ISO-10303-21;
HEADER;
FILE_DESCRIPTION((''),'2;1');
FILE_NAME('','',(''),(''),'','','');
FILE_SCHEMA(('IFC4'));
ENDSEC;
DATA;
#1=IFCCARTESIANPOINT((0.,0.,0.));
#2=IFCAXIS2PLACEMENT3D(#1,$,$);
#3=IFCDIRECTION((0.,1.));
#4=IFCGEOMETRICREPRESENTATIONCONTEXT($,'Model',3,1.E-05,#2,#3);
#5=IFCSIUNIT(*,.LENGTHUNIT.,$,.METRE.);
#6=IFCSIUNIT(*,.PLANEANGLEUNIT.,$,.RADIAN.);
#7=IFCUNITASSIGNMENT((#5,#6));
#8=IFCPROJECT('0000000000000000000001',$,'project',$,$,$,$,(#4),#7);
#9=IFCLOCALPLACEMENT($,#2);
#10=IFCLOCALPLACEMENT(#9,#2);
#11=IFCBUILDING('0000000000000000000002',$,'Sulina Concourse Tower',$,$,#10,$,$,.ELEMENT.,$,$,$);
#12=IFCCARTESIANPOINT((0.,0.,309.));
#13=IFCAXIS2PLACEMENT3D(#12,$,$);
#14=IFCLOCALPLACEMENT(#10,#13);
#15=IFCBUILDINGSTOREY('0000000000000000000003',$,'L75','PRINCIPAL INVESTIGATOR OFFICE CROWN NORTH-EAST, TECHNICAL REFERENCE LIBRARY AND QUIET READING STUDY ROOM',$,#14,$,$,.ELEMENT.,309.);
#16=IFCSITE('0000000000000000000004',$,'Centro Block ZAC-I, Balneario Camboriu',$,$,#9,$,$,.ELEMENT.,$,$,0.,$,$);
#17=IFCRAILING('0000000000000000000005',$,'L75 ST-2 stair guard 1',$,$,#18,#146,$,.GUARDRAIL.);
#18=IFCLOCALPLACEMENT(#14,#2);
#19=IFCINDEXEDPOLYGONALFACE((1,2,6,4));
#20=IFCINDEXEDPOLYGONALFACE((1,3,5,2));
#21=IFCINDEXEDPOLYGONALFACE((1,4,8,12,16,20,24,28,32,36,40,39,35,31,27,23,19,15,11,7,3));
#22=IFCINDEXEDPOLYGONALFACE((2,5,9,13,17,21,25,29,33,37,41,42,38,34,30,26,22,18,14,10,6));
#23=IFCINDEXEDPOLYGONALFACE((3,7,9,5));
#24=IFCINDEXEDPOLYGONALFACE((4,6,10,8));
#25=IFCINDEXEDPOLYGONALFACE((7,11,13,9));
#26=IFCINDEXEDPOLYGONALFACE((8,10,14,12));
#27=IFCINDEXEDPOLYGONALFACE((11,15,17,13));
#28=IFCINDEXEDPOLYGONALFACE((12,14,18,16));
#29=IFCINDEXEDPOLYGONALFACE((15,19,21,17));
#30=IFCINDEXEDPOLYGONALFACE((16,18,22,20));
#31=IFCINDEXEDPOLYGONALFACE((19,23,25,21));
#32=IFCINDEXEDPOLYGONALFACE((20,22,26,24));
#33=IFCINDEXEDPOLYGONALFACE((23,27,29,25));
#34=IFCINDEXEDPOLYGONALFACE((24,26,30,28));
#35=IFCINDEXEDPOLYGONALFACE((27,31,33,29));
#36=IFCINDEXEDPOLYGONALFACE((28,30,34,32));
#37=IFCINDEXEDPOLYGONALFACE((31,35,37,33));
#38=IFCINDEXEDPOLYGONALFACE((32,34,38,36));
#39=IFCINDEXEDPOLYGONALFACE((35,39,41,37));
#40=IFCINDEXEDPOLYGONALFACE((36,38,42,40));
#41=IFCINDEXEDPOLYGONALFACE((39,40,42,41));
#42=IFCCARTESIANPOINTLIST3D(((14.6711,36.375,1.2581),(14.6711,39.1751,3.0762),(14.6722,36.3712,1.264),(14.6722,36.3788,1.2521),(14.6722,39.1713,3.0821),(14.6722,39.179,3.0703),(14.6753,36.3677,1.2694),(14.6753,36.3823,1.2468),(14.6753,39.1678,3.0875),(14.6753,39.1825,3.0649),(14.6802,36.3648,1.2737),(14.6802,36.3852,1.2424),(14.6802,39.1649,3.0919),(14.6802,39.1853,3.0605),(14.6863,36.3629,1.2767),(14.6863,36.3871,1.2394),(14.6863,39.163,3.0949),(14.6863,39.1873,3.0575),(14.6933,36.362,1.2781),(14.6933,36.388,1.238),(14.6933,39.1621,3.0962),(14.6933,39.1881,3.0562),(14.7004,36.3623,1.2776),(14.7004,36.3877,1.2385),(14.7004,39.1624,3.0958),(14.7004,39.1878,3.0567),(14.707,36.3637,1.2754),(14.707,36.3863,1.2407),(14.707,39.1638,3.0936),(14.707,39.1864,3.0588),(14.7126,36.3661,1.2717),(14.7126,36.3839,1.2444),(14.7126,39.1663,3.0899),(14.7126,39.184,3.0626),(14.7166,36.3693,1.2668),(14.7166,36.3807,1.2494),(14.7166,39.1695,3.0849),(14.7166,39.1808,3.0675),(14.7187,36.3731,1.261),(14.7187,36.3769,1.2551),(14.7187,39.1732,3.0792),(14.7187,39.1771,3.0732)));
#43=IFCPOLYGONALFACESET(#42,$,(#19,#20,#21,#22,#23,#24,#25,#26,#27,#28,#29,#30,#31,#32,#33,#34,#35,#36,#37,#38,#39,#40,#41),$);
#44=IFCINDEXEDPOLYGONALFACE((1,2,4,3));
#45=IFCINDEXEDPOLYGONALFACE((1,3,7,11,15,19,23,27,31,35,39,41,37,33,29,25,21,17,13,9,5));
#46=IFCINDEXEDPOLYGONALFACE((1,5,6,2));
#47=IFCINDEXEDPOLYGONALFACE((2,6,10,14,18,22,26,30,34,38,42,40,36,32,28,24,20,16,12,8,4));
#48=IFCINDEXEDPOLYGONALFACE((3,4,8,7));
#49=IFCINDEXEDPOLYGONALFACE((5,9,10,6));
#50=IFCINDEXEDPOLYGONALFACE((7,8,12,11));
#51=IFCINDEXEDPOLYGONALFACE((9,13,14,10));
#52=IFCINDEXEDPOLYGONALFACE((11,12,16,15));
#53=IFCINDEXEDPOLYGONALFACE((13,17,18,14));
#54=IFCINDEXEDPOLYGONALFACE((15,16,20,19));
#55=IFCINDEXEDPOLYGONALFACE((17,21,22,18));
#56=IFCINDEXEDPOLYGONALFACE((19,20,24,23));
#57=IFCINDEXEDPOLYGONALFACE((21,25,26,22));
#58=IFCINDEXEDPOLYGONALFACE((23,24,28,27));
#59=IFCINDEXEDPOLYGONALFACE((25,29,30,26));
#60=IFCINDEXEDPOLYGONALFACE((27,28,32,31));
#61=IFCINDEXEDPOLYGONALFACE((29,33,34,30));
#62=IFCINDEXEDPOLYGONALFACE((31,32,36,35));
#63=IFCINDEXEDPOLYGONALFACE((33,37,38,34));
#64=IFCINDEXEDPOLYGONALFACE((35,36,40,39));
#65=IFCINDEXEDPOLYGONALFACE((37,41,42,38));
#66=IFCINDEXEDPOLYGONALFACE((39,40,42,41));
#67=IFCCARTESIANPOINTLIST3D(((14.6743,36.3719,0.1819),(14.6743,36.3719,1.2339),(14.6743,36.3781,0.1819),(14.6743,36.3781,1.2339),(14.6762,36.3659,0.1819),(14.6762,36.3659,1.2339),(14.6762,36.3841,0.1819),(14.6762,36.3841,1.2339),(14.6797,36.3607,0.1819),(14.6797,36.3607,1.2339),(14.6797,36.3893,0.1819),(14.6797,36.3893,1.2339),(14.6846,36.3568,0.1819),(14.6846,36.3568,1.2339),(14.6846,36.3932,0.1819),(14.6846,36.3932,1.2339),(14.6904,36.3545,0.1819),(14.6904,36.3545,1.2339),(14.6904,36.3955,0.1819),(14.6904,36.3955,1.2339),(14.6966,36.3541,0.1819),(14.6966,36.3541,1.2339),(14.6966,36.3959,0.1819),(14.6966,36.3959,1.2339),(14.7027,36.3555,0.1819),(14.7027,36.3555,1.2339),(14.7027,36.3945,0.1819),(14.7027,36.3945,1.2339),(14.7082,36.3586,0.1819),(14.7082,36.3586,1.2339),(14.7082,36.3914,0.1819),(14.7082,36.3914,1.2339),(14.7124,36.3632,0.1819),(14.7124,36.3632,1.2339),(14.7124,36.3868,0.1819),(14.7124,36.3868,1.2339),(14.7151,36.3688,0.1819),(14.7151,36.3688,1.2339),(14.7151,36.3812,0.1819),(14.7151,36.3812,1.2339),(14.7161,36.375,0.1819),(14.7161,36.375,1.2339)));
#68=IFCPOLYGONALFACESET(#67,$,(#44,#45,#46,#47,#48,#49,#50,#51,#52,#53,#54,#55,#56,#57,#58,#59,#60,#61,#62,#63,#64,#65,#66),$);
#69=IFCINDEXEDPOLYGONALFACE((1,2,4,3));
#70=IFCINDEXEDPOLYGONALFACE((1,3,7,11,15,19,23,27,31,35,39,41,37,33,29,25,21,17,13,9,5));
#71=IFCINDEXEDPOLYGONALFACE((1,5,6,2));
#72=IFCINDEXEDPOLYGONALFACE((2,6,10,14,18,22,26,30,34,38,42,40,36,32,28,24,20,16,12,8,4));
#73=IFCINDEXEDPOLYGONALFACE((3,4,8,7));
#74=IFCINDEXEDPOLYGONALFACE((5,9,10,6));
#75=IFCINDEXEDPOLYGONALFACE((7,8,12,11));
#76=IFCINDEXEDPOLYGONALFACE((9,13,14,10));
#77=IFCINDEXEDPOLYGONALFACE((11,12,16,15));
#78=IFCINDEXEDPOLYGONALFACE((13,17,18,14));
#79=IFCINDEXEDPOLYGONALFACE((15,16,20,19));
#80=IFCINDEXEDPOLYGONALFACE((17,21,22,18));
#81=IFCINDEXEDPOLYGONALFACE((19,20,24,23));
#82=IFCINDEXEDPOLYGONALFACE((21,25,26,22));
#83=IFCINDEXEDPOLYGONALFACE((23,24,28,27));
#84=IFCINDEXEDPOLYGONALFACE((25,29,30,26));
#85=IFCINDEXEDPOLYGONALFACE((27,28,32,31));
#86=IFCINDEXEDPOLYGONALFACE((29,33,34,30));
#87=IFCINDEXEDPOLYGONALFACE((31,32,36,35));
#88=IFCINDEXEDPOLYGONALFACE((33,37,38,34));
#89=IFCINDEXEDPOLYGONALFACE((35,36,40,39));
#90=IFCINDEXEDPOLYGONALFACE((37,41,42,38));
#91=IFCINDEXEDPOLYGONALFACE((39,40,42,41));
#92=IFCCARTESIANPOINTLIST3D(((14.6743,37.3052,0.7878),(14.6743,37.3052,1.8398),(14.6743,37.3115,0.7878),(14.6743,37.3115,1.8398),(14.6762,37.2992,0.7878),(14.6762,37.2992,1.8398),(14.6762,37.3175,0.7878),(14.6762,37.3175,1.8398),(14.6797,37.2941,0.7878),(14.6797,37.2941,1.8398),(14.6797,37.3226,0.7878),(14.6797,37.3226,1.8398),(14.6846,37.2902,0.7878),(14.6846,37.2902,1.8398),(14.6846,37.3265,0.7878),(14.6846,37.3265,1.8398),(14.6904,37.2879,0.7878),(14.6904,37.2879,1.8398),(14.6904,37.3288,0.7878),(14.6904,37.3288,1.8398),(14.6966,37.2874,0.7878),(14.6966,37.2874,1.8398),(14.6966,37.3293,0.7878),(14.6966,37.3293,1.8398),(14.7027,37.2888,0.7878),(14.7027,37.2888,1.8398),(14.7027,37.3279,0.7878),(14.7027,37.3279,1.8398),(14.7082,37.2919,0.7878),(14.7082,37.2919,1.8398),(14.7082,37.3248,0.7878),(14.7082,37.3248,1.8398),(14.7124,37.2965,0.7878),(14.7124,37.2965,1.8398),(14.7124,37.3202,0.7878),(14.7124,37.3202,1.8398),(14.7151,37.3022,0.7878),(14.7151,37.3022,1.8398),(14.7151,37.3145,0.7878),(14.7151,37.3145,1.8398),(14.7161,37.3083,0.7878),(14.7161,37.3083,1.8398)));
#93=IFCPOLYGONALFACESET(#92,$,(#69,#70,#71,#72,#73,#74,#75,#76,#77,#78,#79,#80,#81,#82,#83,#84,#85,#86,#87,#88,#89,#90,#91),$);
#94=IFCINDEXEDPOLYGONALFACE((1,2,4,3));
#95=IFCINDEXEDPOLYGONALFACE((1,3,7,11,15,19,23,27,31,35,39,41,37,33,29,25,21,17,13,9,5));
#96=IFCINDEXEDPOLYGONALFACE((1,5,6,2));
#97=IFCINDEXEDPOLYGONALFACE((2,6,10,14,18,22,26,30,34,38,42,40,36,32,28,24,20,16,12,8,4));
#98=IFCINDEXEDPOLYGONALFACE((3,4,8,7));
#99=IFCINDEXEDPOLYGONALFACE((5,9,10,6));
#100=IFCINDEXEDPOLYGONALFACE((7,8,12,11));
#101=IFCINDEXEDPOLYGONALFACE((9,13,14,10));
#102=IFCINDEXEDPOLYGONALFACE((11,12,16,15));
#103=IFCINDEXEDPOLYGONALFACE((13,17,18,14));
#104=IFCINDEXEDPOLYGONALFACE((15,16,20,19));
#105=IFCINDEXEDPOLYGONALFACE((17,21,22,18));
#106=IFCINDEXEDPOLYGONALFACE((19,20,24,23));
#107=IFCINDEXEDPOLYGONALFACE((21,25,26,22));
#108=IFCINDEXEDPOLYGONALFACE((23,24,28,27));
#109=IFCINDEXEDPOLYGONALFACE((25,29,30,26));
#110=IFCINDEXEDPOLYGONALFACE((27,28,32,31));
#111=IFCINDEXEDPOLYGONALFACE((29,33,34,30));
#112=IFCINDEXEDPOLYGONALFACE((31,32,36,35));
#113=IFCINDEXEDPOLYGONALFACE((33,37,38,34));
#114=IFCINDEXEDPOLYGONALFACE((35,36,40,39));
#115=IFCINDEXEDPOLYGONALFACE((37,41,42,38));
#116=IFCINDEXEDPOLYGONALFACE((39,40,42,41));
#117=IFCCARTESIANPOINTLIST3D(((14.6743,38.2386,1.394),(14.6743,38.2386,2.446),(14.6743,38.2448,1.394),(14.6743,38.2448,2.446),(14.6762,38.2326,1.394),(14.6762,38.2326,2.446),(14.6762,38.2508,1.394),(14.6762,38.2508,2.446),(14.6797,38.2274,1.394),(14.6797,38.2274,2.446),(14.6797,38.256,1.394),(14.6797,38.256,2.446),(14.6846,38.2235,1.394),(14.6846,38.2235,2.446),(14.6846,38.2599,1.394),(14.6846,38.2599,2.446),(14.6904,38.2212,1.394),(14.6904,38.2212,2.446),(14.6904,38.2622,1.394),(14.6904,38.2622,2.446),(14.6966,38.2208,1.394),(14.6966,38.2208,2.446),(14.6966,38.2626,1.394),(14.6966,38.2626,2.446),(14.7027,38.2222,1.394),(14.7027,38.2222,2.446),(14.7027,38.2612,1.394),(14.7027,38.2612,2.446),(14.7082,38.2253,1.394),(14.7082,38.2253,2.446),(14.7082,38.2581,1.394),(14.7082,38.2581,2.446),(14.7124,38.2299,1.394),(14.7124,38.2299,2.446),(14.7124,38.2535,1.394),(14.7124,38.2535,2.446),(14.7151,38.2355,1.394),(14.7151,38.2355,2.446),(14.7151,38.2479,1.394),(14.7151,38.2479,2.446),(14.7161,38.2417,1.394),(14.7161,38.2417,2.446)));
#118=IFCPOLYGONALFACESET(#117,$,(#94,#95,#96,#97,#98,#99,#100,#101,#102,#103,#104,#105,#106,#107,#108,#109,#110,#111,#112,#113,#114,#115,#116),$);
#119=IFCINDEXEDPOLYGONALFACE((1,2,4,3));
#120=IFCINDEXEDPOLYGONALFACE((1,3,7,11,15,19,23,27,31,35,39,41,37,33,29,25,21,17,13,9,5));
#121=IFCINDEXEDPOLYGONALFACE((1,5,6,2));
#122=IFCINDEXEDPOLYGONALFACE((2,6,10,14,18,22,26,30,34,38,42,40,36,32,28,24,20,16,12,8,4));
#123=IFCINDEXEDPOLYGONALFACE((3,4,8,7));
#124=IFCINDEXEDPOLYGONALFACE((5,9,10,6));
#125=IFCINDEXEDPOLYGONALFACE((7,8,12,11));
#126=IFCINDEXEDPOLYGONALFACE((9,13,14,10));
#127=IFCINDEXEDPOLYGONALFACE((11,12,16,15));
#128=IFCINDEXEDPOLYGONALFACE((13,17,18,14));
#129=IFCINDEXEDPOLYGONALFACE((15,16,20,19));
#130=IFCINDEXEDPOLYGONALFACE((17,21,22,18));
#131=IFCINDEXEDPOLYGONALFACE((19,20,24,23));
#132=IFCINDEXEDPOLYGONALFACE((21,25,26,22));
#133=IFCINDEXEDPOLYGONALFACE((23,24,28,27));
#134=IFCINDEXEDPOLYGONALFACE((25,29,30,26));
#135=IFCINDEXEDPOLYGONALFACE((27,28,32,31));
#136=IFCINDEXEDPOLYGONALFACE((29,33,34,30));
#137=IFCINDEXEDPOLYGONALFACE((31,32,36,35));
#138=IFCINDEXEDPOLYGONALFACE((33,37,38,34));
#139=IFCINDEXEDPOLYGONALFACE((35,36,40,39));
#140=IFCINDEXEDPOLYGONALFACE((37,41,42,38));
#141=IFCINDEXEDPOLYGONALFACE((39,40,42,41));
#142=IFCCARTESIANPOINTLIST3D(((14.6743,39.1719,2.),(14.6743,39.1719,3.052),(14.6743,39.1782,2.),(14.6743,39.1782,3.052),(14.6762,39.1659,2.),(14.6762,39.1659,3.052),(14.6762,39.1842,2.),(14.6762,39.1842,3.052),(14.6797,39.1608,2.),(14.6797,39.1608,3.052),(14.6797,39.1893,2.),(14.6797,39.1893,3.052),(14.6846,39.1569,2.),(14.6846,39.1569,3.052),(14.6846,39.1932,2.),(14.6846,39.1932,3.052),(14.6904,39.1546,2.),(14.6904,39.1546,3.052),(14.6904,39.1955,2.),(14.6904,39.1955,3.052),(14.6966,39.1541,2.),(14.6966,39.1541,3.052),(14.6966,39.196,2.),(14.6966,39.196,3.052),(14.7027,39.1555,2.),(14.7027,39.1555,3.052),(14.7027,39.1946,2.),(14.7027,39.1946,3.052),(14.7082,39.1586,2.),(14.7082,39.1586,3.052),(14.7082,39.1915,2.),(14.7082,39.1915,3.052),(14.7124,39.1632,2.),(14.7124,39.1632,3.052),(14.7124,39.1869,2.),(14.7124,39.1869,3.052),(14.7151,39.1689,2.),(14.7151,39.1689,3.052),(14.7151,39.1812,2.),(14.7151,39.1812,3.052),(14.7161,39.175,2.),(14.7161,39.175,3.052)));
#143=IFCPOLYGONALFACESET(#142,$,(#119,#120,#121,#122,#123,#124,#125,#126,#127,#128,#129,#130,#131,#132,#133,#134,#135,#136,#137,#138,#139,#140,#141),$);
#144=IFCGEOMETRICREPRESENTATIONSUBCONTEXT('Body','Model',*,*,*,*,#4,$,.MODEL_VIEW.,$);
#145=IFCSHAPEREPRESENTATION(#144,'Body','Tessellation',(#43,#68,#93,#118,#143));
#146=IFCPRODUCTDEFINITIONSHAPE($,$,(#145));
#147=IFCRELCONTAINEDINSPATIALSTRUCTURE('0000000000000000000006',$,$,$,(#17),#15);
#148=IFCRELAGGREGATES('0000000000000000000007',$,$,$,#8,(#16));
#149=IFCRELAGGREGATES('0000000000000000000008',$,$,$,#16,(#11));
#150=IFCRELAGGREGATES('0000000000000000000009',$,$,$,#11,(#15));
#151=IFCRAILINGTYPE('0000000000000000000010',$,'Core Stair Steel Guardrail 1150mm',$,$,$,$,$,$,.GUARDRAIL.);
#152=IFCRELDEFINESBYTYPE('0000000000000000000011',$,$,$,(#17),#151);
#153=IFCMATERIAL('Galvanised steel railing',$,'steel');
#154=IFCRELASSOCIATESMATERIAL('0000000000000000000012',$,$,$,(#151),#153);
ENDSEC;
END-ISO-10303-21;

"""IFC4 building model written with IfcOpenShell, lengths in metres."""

from ifc_helpers import new_model, si_unit, direction, frame, origin, origin_2d, place, context, subcontext, project, spatial, circle, extrude, material, type_object, element, save


model = new_model("IFC4")

# Units and contexts
model_context = context("Model", 3, precision=1e-05, world=origin(), true_north=direction((0.0, 1.0)))
body_context = subcontext(model_context, "Body", "Model", "MODEL_VIEW")
ifc_project = project(units=[si_unit("LENGTHUNIT", "METRE"), si_unit("PLANEANGLEUNIT", "RADIAN")], contexts=[model_context])

# Site, building, storey
site_placement = place(None, origin())
site = spatial("IfcSite", under=ifc_project, at=site_placement, Name="Centro Block ZAC-I, Balneario Camboriu", CompositionType="ELEMENT", RefElevation=0.0)
building_placement = place(site_placement, origin())
building = spatial("IfcBuilding", under=site, at=building_placement, Name="Sulina Concourse Tower", CompositionType="ELEMENT")
storey_placement = place(building_placement, frame((0.0, 0.0, 309.0)))
storey = spatial("IfcBuildingStorey", under=building, at=storey_placement, Name="L75", Description="PRINCIPAL INVESTIGATOR OFFICE CROWN NORTH-EAST, TECHNICAL REFERENCE LIBRARY AND QUIET READING STUDY ROOM", CompositionType="ELEMENT", Elevation=309.0)

# Railing
ifc_material_1 = material(Name="Galvanised steel railing", Category="steel")
railing_type_1 = type_object("IfcRailingType", Name="Core Stair Steel Guardrail 1150mm", PredefinedType="GUARDRAIL", material=ifc_material_1)
railing_1_placement = place(storey_placement, frame((14.6951, 36.375, 0.1819)))
element("IfcRailing", 1, at=railing_1_placement, inside=storey, type_object=railing_type_1, Name="L75 ST-2 stair guard 1", PredefinedType="GUARDRAIL", context=body_context, shape_type="SweptSolid", body=[
    extrude(circle(Radius=0.0239, at=origin_2d()), frame((0.0, 0.0, 1.0762), z_axis=(0.0, 0.838706, 0.544585), x_axis=(-1.0, 0.0, 0.0)), (0.0, 0.0, 1.0), 3.3386),
    extrude(circle(Radius=0.021, at=origin_2d()), origin(), (0.0, 0.0, 1.0), 1.052),
    extrude(circle(Radius=0.021, at=origin_2d()), frame((0.0, 0.9333, 0.606)), (0.0, 0.0, 1.0), 1.052),
    extrude(circle(Radius=0.021, at=origin_2d()), frame((0.0, 1.8667, 1.2122)), (0.0, 0.0, 1.0), 1.052),
    extrude(circle(Radius=0.021, at=origin_2d()), frame((0.0, 2.8, 1.8181)), (0.0, 0.0, 1.0), 1.052),
])

save(model, "model.ifc")
